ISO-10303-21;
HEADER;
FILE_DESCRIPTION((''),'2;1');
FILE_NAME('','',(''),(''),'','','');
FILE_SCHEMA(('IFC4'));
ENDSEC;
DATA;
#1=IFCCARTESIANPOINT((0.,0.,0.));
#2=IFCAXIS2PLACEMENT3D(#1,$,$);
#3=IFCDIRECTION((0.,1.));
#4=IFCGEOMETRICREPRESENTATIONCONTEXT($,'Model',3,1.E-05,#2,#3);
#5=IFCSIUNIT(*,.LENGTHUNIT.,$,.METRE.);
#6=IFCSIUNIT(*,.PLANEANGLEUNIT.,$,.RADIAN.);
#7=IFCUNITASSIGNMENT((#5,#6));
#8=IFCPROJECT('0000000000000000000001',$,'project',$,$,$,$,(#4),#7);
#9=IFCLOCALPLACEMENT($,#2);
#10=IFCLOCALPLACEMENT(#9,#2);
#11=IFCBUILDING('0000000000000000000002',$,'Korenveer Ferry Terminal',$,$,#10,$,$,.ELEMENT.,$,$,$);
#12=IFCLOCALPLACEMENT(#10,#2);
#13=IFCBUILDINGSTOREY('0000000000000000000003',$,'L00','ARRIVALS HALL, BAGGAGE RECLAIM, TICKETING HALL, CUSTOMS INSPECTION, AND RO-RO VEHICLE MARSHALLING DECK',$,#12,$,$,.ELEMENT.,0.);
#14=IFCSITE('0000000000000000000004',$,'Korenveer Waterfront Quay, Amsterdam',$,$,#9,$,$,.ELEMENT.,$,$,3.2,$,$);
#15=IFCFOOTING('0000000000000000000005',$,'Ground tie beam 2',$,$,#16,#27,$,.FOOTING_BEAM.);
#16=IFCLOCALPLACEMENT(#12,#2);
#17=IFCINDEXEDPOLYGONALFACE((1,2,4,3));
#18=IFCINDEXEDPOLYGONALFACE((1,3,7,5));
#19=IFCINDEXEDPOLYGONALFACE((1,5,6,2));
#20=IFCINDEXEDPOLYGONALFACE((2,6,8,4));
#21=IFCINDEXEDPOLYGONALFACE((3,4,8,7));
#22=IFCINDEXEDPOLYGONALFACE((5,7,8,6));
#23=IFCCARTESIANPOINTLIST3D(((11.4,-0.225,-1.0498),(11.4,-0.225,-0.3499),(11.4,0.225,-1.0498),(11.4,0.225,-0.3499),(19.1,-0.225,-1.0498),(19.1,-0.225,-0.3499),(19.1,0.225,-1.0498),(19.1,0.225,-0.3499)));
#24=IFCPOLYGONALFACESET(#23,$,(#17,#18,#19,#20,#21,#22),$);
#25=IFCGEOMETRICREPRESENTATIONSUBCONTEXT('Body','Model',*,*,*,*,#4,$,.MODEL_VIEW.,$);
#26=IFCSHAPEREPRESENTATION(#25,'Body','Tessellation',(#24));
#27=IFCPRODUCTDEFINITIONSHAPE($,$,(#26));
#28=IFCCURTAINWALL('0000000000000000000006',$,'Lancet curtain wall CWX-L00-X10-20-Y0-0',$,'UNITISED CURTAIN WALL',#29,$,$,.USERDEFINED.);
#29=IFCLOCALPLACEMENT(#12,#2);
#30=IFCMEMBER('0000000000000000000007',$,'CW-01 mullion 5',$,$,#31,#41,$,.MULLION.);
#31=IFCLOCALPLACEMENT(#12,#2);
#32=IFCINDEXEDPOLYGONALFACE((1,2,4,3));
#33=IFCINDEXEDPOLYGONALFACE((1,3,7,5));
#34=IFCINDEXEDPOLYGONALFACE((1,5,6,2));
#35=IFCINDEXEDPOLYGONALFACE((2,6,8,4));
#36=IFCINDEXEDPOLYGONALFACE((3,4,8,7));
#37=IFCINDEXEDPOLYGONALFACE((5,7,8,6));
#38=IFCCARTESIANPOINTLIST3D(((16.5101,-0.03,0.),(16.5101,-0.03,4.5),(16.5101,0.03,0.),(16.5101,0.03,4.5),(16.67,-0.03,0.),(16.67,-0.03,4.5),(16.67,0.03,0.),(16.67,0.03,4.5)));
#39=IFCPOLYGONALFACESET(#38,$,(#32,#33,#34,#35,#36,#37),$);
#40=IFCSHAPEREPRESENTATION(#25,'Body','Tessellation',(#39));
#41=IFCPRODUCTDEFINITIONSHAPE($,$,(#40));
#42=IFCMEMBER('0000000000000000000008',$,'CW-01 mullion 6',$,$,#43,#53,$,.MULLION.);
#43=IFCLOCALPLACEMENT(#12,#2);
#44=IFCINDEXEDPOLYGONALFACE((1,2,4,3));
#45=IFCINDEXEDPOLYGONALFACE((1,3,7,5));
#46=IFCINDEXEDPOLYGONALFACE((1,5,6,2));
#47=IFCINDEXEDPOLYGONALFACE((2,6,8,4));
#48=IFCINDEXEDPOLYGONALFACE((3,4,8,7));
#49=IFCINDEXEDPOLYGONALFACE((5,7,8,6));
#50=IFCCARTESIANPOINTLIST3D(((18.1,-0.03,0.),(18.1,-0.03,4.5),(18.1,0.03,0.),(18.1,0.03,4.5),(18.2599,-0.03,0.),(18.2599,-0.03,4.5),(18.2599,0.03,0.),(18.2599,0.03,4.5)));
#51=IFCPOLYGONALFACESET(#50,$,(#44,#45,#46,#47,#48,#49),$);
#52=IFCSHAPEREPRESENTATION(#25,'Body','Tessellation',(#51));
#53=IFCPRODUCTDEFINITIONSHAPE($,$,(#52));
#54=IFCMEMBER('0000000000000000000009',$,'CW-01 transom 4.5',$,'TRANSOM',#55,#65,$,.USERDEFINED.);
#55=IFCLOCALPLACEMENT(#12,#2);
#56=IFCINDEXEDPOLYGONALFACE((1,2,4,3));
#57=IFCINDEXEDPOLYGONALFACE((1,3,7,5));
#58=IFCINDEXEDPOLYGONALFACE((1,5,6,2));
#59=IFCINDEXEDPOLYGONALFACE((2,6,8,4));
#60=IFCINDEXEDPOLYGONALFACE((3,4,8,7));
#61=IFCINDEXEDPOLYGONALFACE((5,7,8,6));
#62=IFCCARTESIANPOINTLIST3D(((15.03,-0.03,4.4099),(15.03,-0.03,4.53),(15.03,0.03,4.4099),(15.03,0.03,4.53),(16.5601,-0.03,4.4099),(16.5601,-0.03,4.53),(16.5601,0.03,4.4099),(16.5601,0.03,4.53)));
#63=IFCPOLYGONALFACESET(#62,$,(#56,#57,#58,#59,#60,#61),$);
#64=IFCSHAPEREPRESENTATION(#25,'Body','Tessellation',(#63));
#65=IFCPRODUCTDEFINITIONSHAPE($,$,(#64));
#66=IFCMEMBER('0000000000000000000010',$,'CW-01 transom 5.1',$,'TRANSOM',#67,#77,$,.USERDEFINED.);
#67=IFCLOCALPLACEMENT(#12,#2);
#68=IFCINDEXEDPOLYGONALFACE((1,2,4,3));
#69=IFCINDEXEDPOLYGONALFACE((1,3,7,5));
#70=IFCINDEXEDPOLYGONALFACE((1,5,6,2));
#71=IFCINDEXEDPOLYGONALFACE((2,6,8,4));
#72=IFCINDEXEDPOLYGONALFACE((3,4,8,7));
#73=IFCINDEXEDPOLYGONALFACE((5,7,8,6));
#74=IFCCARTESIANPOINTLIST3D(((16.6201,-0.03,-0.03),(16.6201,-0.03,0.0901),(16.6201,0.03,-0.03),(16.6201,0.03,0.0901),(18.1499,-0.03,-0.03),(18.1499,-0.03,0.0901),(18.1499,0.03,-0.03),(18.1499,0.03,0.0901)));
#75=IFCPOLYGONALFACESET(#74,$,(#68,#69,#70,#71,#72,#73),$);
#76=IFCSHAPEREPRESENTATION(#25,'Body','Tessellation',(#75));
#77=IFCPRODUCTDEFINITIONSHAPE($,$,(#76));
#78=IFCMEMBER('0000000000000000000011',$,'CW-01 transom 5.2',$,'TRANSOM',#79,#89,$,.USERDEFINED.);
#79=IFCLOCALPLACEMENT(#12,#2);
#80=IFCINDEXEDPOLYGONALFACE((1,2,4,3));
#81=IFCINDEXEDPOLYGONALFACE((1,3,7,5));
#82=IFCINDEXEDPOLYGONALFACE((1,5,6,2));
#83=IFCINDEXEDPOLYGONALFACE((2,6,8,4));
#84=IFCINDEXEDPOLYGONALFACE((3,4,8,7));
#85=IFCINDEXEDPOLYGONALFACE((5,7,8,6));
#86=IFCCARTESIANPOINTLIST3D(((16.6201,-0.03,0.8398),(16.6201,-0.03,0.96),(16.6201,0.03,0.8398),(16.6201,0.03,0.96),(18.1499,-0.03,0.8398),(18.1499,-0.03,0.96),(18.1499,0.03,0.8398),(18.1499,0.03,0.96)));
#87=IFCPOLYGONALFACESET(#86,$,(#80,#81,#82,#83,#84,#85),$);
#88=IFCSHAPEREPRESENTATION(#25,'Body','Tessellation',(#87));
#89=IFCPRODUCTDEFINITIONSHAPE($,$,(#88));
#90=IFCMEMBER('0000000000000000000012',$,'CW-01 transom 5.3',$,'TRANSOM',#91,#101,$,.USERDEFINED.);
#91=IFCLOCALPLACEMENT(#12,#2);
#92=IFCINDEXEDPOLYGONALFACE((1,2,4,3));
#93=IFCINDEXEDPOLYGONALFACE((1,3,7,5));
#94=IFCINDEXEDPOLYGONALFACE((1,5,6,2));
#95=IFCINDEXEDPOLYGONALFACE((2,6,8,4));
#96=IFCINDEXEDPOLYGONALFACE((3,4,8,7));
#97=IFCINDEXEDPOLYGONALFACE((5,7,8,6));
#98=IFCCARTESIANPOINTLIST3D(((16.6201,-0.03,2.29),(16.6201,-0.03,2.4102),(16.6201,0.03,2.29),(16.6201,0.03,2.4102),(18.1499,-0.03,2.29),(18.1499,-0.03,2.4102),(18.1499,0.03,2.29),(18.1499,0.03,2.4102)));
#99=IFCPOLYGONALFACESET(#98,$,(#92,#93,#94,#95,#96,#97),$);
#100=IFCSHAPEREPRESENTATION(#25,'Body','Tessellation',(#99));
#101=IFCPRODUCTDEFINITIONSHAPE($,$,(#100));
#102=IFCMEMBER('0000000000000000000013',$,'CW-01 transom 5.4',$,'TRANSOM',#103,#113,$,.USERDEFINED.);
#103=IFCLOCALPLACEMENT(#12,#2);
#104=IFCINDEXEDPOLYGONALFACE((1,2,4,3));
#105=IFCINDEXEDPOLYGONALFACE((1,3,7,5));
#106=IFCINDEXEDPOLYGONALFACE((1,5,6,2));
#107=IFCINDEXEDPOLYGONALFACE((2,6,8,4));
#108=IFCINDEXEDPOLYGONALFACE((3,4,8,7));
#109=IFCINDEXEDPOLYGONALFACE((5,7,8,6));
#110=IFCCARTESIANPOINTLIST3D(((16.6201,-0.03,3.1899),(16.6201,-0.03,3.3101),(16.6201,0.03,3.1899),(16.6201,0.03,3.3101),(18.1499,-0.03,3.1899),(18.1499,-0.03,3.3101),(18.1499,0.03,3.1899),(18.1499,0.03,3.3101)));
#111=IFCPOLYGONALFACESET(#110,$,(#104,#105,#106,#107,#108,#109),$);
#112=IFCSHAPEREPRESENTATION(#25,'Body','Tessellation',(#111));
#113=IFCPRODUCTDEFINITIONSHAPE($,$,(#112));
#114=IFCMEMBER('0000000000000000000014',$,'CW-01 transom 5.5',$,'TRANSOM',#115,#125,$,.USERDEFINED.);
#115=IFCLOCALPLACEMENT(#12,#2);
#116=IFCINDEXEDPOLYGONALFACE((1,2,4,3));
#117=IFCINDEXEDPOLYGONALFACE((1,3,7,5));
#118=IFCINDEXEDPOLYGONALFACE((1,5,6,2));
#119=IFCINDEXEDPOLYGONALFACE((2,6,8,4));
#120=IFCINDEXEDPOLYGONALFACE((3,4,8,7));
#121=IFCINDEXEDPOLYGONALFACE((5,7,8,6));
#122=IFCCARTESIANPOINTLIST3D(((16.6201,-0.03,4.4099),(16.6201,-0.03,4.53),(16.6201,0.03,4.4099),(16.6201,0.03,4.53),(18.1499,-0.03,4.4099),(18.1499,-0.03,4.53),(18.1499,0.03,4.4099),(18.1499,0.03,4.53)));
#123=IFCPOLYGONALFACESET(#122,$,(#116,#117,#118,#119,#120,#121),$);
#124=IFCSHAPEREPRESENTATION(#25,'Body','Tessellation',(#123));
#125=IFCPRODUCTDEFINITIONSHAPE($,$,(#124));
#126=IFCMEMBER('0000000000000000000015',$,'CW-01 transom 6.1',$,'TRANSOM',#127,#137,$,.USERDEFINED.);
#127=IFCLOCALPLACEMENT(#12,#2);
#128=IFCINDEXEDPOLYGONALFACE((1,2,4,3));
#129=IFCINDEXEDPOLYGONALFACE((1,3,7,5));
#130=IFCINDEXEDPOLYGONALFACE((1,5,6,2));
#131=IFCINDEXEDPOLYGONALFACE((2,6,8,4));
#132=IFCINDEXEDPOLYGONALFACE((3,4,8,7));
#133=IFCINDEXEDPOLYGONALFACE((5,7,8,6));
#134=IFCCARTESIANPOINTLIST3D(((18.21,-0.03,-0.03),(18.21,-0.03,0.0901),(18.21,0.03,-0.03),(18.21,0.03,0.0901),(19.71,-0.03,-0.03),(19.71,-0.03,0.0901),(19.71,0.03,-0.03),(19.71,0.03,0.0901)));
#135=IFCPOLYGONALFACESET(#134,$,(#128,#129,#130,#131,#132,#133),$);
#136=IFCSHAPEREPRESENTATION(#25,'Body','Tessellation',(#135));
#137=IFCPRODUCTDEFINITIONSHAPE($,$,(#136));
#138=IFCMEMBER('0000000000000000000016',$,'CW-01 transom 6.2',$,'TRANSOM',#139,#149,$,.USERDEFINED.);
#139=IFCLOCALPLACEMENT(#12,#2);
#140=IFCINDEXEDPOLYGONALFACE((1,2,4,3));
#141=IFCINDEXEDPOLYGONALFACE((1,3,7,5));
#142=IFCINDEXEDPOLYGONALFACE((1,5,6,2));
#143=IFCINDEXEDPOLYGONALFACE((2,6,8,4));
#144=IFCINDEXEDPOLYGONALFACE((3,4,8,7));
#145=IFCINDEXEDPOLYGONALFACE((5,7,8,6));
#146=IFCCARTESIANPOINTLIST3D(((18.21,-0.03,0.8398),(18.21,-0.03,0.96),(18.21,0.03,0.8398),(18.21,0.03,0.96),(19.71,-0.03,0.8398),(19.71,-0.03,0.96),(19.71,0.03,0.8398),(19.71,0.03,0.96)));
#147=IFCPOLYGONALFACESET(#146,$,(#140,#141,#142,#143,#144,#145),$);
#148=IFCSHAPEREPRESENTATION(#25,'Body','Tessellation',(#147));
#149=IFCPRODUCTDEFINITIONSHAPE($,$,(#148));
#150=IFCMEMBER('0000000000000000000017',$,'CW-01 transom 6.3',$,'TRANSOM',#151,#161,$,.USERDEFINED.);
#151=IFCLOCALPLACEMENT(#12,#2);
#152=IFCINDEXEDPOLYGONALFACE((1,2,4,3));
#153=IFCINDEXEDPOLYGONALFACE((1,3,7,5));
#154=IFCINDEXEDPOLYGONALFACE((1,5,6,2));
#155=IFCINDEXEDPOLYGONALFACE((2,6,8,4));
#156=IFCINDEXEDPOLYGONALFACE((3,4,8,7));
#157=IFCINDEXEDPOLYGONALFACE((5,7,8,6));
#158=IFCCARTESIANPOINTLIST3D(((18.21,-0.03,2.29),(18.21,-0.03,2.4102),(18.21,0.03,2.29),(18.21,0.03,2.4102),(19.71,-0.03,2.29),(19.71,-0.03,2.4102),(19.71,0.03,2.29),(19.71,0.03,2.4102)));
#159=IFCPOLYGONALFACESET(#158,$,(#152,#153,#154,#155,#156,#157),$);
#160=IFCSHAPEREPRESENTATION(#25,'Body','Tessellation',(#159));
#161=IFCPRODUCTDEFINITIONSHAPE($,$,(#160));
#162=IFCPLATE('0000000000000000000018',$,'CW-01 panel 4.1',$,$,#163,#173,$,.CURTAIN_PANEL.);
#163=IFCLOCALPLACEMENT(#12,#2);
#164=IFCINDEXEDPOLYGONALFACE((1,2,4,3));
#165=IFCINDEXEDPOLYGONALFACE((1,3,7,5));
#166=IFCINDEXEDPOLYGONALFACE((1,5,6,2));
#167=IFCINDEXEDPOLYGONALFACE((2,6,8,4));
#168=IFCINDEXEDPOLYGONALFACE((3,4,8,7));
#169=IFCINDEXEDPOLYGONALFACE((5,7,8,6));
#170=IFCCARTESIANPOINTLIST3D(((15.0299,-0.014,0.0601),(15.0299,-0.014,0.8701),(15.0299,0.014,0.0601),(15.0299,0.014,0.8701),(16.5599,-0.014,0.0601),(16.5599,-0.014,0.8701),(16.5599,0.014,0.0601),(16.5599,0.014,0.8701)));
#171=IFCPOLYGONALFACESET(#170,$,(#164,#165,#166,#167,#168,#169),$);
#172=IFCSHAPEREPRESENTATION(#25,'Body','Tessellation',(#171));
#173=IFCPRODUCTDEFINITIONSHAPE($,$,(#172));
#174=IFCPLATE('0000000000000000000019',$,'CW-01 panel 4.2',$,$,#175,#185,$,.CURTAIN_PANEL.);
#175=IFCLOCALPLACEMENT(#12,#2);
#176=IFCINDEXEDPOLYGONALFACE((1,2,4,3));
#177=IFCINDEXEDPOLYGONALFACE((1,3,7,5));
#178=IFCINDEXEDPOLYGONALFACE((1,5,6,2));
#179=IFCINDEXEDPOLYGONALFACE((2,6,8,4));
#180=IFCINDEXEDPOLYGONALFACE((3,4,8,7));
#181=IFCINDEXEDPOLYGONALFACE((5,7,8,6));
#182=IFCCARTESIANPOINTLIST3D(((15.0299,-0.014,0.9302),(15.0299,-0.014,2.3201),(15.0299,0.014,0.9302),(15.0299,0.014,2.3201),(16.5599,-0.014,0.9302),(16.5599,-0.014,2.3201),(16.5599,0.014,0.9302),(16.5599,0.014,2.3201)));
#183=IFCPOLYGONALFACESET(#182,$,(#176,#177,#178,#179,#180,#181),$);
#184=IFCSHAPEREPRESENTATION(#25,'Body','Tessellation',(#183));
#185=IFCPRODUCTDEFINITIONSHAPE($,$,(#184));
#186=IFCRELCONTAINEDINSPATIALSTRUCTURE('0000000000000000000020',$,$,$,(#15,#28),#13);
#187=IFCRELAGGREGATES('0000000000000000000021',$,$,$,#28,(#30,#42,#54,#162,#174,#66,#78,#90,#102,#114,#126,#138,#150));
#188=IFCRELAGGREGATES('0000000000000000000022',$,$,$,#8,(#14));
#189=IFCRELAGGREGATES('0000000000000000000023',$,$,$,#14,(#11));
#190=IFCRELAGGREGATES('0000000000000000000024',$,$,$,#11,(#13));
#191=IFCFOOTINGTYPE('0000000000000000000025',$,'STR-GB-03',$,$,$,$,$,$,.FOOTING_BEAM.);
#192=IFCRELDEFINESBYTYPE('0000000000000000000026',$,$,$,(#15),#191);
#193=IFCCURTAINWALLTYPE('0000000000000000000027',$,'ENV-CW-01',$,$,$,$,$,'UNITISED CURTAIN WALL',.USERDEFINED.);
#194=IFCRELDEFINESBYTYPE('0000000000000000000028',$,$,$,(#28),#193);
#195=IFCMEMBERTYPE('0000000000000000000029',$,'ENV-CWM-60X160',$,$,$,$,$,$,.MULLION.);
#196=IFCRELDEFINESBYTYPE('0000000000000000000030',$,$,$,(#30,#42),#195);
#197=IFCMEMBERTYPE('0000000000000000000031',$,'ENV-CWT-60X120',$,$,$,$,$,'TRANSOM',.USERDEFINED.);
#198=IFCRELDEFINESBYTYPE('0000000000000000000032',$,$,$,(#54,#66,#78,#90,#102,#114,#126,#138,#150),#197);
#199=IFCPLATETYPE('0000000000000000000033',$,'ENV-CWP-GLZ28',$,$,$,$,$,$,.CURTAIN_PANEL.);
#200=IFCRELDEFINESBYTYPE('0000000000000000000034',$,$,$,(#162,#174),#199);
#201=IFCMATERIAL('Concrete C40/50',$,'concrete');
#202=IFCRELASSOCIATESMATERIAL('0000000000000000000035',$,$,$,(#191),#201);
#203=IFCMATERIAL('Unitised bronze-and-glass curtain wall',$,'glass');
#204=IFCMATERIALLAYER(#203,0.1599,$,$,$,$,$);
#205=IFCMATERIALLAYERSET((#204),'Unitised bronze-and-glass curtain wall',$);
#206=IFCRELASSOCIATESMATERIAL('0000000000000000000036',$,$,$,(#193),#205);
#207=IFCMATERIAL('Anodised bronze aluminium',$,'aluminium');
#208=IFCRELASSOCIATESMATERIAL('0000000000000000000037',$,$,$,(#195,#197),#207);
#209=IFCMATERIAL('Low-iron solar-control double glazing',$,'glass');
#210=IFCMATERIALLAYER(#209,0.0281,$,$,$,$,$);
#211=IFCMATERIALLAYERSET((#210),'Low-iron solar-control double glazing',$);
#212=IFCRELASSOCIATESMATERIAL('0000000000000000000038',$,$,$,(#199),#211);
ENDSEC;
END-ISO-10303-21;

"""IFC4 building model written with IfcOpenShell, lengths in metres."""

from ifc_helpers import new_model, si_unit, direction, frame, origin, origin_2d, place, context, subcontext, project, spatial, rectangle, extrude, material, layer, layer_set, material_profile, profile_set, type_object, element, aggregate, save


model = new_model("IFC4")

# Units and contexts
model_context = context("Model", 3, precision=1e-05, world=origin(), true_north=direction((0.0, 1.0)))
body_context = subcontext(model_context, "Body", "Model", "MODEL_VIEW")
ifc_project = project(units=[si_unit("LENGTHUNIT", "METRE"), si_unit("PLANEANGLEUNIT", "RADIAN")], contexts=[model_context])

# Site, building, storey
site_placement = place(None, origin())
site = spatial("IfcSite", under=ifc_project, at=site_placement, Name="Korenveer Waterfront Quay, Amsterdam", CompositionType="ELEMENT", RefElevation=3.2)
building_placement = place(site_placement, origin())
building = spatial("IfcBuilding", under=site, at=building_placement, Name="Korenveer Ferry Terminal", CompositionType="ELEMENT")
storey_placement = place(building_placement, origin())
storey = spatial("IfcBuildingStorey", under=building, at=storey_placement, Name="L00", Description="ARRIVALS HALL, BAGGAGE RECLAIM, TICKETING HALL, CUSTOMS INSPECTION, AND RO-RO VEHICLE MARSHALLING DECK", CompositionType="ELEMENT", Elevation=0.0)

# Footing
ifc_material_1 = material(Name="Concrete C40/50", Category="concrete")
footing_type = type_object("IfcFootingType", Name="STR-GB-03", PredefinedType="FOOTING_BEAM", material=ifc_material_1)
footing_placement = place(storey_placement, frame((15.25, 0.0, -1.0498), z_axis=(0.0, 0.0, 1.0), x_axis=(1.0, 0.0, 0.0)))
element("IfcFooting", 1, at=footing_placement, inside=storey, type_object=footing_type, Name="Ground tie beam 2", PredefinedType="FOOTING_BEAM", context=body_context, shape_type="SweptSolid", body=[
    extrude(rectangle(XDim=7.7, YDim=0.45, at=origin_2d()), origin(), (0.0, 0.0, 1.0), 0.7),
])

# Curtain wall, members, plates
ifc_material_2 = material(Name="Unitised bronze-and-glass curtain wall", Category="glass")
ifc_layer_1 = layer(ifc_material_2, 0.1599)
ifc_layer_set_1 = layer_set([ifc_layer_1], Name="Unitised bronze-and-glass curtain wall")
curtain_wall_type = type_object("IfcCurtainWallType", Name="ENV-CW-01", ElementType="UNITISED CURTAIN WALL", PredefinedType="USERDEFINED", material=ifc_layer_set_1)
curtain_wall_placement = place(storey_placement, frame((10.23, 0.0, 0.0)))
curtain_wall = element("IfcCurtainWall", 2, at=curtain_wall_placement, inside=storey, type_object=curtain_wall_type, Name="Lancet curtain wall CWX-L00-X10-20-Y0-0", ObjectType="UNITISED CURTAIN WALL", PredefinedType="USERDEFINED")
ifc_material_3 = material(Name="Anodised bronze aluminium", Category="aluminium")
ifc_material_profile_1 = material_profile(ifc_material_3, rectangle(XDim=0.0601, YDim=0.1599, at=origin_2d()), Name="ALU 60x160")
ifc_profile_set_1 = profile_set([ifc_material_profile_1], Name="Anodised bronze aluminium")
member_type_1 = type_object("IfcMemberType", Name="ENV-CWM-60X160", PredefinedType="MULLION", material=ifc_profile_set_1)
member_1_placement = place(storey_placement, frame((16.5901, 0.0, 0.0), z_axis=(0.0, 0.0, 1.0), x_axis=(0.0, 1.0, 0.0)))
member_1 = element("IfcMember", 3, at=member_1_placement, type_object=member_type_1, Name="CW-01 mullion 5", PredefinedType="MULLION", context=body_context, shape_type="SweptSolid", body=[
    extrude(rectangle(XDim=0.0601, YDim=0.1599, at=origin_2d()), origin(), (0.0, 0.0, 1.0), 4.5),
])
member_2_placement = place(storey_placement, frame((18.1799, 0.0, 0.0), z_axis=(0.0, 0.0, 1.0), x_axis=(0.0, 1.0, 0.0)))
member_2 = element("IfcMember", 4, at=member_2_placement, type_object=member_type_1, Name="CW-01 mullion 6", PredefinedType="MULLION", context=body_context, shape_type="SweptSolid", body=[
    extrude(rectangle(XDim=0.0601, YDim=0.1599, at=origin_2d()), origin(), (0.0, 0.0, 1.0), 4.5),
])
ifc_material_profile_2 = material_profile(ifc_material_3, rectangle(XDim=0.0601, YDim=0.1201, at=origin_2d()), Name="ALU 60x120")
ifc_profile_set_2 = profile_set([ifc_material_profile_2], Name="Anodised bronze aluminium")
member_type_2 = type_object("IfcMemberType", Name="ENV-CWT-60X120", ElementType="TRANSOM", PredefinedType="USERDEFINED", material=ifc_profile_set_2)
member_3_placement = place(storey_placement, frame((15.03, 0.0, 4.47), z_axis=(1.0, 0.0, 0.0), x_axis=(0.0, 1.0, 0.0)))
member_3 = element("IfcMember", 5, at=member_3_placement, type_object=member_type_2, Name="CW-01 transom 4.5", ObjectType="TRANSOM", PredefinedType="USERDEFINED", context=body_context, shape_type="SweptSolid", body=[
    extrude(rectangle(XDim=0.0601, YDim=0.1201, at=origin_2d()), origin(), (0.0, 0.0, 1.0), 1.53),
])
member_4_placement = place(storey_placement, frame((16.6201, 0.0, 0.03), z_axis=(1.0, 0.0, 0.0), x_axis=(0.0, 1.0, 0.0)))
member_4 = element("IfcMember", 6, at=member_4_placement, type_object=member_type_2, Name="CW-01 transom 5.1", ObjectType="TRANSOM", PredefinedType="USERDEFINED", context=body_context, shape_type="SweptSolid", body=[
    extrude(rectangle(XDim=0.0601, YDim=0.1201, at=origin_2d()), origin(), (0.0, 0.0, 1.0), 1.5298),
])
member_5_placement = place(storey_placement, frame((16.6201, 0.0, 0.8999), z_axis=(1.0, 0.0, 0.0), x_axis=(0.0, 1.0, 0.0)))
member_5 = element("IfcMember", 7, at=member_5_placement, type_object=member_type_2, Name="CW-01 transom 5.2", ObjectType="TRANSOM", PredefinedType="USERDEFINED", context=body_context, shape_type="SweptSolid", body=[
    extrude(rectangle(XDim=0.0601, YDim=0.1201, at=origin_2d()), origin(), (0.0, 0.0, 1.0), 1.5298),
])
member_6_placement = place(storey_placement, frame((16.6201, 0.0, 2.3501), z_axis=(1.0, 0.0, 0.0), x_axis=(0.0, 1.0, 0.0)))
member_6 = element("IfcMember", 8, at=member_6_placement, type_object=member_type_2, Name="CW-01 transom 5.3", ObjectType="TRANSOM", PredefinedType="USERDEFINED", context=body_context, shape_type="SweptSolid", body=[
    extrude(rectangle(XDim=0.0601, YDim=0.1201, at=origin_2d()), origin(), (0.0, 0.0, 1.0), 1.5298),
])
member_7_placement = place(storey_placement, frame((16.6201, 0.0, 3.25), z_axis=(1.0, 0.0, 0.0), x_axis=(0.0, 1.0, 0.0)))
member_7 = element("IfcMember", 9, at=member_7_placement, type_object=member_type_2, Name="CW-01 transom 5.4", ObjectType="TRANSOM", PredefinedType="USERDEFINED", context=body_context, shape_type="SweptSolid", body=[
    extrude(rectangle(XDim=0.0601, YDim=0.1201, at=origin_2d()), origin(), (0.0, 0.0, 1.0), 1.5298),
])
member_8_placement = place(storey_placement, frame((16.6201, 0.0, 4.47), z_axis=(1.0, 0.0, 0.0), x_axis=(0.0, 1.0, 0.0)))
member_8 = element("IfcMember", 10, at=member_8_placement, type_object=member_type_2, Name="CW-01 transom 5.5", ObjectType="TRANSOM", PredefinedType="USERDEFINED", context=body_context, shape_type="SweptSolid", body=[
    extrude(rectangle(XDim=0.0601, YDim=0.1201, at=origin_2d()), origin(), (0.0, 0.0, 1.0), 1.5298),
])
member_9_placement = place(storey_placement, frame((18.21, 0.0, 0.03), z_axis=(1.0, 0.0, 0.0), x_axis=(0.0, 1.0, 0.0)))
member_9 = element("IfcMember", 11, at=member_9_placement, type_object=member_type_2, Name="CW-01 transom 6.1", ObjectType="TRANSOM", PredefinedType="USERDEFINED", context=body_context, shape_type="SweptSolid", body=[
    extrude(rectangle(XDim=0.0601, YDim=0.1201, at=origin_2d()), origin(), (0.0, 0.0, 1.0), 1.5),
])
member_10_placement = place(storey_placement, frame((18.21, 0.0, 0.8999), z_axis=(1.0, 0.0, 0.0), x_axis=(0.0, 1.0, 0.0)))
member_10 = element("IfcMember", 12, at=member_10_placement, type_object=member_type_2, Name="CW-01 transom 6.2", ObjectType="TRANSOM", PredefinedType="USERDEFINED", context=body_context, shape_type="SweptSolid", body=[
    extrude(rectangle(XDim=0.0601, YDim=0.1201, at=origin_2d()), origin(), (0.0, 0.0, 1.0), 1.5),
])
member_11_placement = place(storey_placement, frame((18.21, 0.0, 2.3501), z_axis=(1.0, 0.0, 0.0), x_axis=(0.0, 1.0, 0.0)))
member_11 = element("IfcMember", 13, at=member_11_placement, type_object=member_type_2, Name="CW-01 transom 6.3", ObjectType="TRANSOM", PredefinedType="USERDEFINED", context=body_context, shape_type="SweptSolid", body=[
    extrude(rectangle(XDim=0.0601, YDim=0.1201, at=origin_2d()), origin(), (0.0, 0.0, 1.0), 1.5),
])
ifc_material_4 = material(Name="Low-iron solar-control double glazing", Category="glass")
ifc_layer_2 = layer(ifc_material_4, 0.0281)
ifc_layer_set_2 = layer_set([ifc_layer_2], Name="Low-iron solar-control double glazing")
plate_type = type_object("IfcPlateType", Name="ENV-CWP-GLZ28", PredefinedType="CURTAIN_PANEL", material=ifc_layer_set_2)
plate_1_placement = place(storey_placement, frame((15.7949, 0.0, 0.0601), z_axis=(0.0, 0.0, 1.0), x_axis=(1.0, 0.0, 0.0)))
plate_1 = element("IfcPlate", 14, at=plate_1_placement, type_object=plate_type, Name="CW-01 panel 4.1", PredefinedType="CURTAIN_PANEL", context=body_context, shape_type="SweptSolid", body=[
    extrude(rectangle(XDim=1.53, YDim=0.0281, at=origin_2d()), origin(), (0.0, 0.0, 1.0), 0.8101),
])
plate_2_placement = place(storey_placement, frame((15.7949, 0.0, 0.9302), z_axis=(0.0, 0.0, 1.0), x_axis=(1.0, 0.0, 0.0)))
plate_2 = element("IfcPlate", 15, at=plate_2_placement, type_object=plate_type, Name="CW-01 panel 4.2", PredefinedType="CURTAIN_PANEL", context=body_context, shape_type="SweptSolid", body=[
    extrude(rectangle(XDim=1.53, YDim=0.0281, at=origin_2d()), origin(), (0.0, 0.0, 1.0), 1.3899),
])
aggregate(curtain_wall, [member_1, member_2, member_3, plate_1, plate_2, member_4, member_5, member_6, member_7, member_8, member_9, member_10, member_11])

save(model, "model.ifc")
